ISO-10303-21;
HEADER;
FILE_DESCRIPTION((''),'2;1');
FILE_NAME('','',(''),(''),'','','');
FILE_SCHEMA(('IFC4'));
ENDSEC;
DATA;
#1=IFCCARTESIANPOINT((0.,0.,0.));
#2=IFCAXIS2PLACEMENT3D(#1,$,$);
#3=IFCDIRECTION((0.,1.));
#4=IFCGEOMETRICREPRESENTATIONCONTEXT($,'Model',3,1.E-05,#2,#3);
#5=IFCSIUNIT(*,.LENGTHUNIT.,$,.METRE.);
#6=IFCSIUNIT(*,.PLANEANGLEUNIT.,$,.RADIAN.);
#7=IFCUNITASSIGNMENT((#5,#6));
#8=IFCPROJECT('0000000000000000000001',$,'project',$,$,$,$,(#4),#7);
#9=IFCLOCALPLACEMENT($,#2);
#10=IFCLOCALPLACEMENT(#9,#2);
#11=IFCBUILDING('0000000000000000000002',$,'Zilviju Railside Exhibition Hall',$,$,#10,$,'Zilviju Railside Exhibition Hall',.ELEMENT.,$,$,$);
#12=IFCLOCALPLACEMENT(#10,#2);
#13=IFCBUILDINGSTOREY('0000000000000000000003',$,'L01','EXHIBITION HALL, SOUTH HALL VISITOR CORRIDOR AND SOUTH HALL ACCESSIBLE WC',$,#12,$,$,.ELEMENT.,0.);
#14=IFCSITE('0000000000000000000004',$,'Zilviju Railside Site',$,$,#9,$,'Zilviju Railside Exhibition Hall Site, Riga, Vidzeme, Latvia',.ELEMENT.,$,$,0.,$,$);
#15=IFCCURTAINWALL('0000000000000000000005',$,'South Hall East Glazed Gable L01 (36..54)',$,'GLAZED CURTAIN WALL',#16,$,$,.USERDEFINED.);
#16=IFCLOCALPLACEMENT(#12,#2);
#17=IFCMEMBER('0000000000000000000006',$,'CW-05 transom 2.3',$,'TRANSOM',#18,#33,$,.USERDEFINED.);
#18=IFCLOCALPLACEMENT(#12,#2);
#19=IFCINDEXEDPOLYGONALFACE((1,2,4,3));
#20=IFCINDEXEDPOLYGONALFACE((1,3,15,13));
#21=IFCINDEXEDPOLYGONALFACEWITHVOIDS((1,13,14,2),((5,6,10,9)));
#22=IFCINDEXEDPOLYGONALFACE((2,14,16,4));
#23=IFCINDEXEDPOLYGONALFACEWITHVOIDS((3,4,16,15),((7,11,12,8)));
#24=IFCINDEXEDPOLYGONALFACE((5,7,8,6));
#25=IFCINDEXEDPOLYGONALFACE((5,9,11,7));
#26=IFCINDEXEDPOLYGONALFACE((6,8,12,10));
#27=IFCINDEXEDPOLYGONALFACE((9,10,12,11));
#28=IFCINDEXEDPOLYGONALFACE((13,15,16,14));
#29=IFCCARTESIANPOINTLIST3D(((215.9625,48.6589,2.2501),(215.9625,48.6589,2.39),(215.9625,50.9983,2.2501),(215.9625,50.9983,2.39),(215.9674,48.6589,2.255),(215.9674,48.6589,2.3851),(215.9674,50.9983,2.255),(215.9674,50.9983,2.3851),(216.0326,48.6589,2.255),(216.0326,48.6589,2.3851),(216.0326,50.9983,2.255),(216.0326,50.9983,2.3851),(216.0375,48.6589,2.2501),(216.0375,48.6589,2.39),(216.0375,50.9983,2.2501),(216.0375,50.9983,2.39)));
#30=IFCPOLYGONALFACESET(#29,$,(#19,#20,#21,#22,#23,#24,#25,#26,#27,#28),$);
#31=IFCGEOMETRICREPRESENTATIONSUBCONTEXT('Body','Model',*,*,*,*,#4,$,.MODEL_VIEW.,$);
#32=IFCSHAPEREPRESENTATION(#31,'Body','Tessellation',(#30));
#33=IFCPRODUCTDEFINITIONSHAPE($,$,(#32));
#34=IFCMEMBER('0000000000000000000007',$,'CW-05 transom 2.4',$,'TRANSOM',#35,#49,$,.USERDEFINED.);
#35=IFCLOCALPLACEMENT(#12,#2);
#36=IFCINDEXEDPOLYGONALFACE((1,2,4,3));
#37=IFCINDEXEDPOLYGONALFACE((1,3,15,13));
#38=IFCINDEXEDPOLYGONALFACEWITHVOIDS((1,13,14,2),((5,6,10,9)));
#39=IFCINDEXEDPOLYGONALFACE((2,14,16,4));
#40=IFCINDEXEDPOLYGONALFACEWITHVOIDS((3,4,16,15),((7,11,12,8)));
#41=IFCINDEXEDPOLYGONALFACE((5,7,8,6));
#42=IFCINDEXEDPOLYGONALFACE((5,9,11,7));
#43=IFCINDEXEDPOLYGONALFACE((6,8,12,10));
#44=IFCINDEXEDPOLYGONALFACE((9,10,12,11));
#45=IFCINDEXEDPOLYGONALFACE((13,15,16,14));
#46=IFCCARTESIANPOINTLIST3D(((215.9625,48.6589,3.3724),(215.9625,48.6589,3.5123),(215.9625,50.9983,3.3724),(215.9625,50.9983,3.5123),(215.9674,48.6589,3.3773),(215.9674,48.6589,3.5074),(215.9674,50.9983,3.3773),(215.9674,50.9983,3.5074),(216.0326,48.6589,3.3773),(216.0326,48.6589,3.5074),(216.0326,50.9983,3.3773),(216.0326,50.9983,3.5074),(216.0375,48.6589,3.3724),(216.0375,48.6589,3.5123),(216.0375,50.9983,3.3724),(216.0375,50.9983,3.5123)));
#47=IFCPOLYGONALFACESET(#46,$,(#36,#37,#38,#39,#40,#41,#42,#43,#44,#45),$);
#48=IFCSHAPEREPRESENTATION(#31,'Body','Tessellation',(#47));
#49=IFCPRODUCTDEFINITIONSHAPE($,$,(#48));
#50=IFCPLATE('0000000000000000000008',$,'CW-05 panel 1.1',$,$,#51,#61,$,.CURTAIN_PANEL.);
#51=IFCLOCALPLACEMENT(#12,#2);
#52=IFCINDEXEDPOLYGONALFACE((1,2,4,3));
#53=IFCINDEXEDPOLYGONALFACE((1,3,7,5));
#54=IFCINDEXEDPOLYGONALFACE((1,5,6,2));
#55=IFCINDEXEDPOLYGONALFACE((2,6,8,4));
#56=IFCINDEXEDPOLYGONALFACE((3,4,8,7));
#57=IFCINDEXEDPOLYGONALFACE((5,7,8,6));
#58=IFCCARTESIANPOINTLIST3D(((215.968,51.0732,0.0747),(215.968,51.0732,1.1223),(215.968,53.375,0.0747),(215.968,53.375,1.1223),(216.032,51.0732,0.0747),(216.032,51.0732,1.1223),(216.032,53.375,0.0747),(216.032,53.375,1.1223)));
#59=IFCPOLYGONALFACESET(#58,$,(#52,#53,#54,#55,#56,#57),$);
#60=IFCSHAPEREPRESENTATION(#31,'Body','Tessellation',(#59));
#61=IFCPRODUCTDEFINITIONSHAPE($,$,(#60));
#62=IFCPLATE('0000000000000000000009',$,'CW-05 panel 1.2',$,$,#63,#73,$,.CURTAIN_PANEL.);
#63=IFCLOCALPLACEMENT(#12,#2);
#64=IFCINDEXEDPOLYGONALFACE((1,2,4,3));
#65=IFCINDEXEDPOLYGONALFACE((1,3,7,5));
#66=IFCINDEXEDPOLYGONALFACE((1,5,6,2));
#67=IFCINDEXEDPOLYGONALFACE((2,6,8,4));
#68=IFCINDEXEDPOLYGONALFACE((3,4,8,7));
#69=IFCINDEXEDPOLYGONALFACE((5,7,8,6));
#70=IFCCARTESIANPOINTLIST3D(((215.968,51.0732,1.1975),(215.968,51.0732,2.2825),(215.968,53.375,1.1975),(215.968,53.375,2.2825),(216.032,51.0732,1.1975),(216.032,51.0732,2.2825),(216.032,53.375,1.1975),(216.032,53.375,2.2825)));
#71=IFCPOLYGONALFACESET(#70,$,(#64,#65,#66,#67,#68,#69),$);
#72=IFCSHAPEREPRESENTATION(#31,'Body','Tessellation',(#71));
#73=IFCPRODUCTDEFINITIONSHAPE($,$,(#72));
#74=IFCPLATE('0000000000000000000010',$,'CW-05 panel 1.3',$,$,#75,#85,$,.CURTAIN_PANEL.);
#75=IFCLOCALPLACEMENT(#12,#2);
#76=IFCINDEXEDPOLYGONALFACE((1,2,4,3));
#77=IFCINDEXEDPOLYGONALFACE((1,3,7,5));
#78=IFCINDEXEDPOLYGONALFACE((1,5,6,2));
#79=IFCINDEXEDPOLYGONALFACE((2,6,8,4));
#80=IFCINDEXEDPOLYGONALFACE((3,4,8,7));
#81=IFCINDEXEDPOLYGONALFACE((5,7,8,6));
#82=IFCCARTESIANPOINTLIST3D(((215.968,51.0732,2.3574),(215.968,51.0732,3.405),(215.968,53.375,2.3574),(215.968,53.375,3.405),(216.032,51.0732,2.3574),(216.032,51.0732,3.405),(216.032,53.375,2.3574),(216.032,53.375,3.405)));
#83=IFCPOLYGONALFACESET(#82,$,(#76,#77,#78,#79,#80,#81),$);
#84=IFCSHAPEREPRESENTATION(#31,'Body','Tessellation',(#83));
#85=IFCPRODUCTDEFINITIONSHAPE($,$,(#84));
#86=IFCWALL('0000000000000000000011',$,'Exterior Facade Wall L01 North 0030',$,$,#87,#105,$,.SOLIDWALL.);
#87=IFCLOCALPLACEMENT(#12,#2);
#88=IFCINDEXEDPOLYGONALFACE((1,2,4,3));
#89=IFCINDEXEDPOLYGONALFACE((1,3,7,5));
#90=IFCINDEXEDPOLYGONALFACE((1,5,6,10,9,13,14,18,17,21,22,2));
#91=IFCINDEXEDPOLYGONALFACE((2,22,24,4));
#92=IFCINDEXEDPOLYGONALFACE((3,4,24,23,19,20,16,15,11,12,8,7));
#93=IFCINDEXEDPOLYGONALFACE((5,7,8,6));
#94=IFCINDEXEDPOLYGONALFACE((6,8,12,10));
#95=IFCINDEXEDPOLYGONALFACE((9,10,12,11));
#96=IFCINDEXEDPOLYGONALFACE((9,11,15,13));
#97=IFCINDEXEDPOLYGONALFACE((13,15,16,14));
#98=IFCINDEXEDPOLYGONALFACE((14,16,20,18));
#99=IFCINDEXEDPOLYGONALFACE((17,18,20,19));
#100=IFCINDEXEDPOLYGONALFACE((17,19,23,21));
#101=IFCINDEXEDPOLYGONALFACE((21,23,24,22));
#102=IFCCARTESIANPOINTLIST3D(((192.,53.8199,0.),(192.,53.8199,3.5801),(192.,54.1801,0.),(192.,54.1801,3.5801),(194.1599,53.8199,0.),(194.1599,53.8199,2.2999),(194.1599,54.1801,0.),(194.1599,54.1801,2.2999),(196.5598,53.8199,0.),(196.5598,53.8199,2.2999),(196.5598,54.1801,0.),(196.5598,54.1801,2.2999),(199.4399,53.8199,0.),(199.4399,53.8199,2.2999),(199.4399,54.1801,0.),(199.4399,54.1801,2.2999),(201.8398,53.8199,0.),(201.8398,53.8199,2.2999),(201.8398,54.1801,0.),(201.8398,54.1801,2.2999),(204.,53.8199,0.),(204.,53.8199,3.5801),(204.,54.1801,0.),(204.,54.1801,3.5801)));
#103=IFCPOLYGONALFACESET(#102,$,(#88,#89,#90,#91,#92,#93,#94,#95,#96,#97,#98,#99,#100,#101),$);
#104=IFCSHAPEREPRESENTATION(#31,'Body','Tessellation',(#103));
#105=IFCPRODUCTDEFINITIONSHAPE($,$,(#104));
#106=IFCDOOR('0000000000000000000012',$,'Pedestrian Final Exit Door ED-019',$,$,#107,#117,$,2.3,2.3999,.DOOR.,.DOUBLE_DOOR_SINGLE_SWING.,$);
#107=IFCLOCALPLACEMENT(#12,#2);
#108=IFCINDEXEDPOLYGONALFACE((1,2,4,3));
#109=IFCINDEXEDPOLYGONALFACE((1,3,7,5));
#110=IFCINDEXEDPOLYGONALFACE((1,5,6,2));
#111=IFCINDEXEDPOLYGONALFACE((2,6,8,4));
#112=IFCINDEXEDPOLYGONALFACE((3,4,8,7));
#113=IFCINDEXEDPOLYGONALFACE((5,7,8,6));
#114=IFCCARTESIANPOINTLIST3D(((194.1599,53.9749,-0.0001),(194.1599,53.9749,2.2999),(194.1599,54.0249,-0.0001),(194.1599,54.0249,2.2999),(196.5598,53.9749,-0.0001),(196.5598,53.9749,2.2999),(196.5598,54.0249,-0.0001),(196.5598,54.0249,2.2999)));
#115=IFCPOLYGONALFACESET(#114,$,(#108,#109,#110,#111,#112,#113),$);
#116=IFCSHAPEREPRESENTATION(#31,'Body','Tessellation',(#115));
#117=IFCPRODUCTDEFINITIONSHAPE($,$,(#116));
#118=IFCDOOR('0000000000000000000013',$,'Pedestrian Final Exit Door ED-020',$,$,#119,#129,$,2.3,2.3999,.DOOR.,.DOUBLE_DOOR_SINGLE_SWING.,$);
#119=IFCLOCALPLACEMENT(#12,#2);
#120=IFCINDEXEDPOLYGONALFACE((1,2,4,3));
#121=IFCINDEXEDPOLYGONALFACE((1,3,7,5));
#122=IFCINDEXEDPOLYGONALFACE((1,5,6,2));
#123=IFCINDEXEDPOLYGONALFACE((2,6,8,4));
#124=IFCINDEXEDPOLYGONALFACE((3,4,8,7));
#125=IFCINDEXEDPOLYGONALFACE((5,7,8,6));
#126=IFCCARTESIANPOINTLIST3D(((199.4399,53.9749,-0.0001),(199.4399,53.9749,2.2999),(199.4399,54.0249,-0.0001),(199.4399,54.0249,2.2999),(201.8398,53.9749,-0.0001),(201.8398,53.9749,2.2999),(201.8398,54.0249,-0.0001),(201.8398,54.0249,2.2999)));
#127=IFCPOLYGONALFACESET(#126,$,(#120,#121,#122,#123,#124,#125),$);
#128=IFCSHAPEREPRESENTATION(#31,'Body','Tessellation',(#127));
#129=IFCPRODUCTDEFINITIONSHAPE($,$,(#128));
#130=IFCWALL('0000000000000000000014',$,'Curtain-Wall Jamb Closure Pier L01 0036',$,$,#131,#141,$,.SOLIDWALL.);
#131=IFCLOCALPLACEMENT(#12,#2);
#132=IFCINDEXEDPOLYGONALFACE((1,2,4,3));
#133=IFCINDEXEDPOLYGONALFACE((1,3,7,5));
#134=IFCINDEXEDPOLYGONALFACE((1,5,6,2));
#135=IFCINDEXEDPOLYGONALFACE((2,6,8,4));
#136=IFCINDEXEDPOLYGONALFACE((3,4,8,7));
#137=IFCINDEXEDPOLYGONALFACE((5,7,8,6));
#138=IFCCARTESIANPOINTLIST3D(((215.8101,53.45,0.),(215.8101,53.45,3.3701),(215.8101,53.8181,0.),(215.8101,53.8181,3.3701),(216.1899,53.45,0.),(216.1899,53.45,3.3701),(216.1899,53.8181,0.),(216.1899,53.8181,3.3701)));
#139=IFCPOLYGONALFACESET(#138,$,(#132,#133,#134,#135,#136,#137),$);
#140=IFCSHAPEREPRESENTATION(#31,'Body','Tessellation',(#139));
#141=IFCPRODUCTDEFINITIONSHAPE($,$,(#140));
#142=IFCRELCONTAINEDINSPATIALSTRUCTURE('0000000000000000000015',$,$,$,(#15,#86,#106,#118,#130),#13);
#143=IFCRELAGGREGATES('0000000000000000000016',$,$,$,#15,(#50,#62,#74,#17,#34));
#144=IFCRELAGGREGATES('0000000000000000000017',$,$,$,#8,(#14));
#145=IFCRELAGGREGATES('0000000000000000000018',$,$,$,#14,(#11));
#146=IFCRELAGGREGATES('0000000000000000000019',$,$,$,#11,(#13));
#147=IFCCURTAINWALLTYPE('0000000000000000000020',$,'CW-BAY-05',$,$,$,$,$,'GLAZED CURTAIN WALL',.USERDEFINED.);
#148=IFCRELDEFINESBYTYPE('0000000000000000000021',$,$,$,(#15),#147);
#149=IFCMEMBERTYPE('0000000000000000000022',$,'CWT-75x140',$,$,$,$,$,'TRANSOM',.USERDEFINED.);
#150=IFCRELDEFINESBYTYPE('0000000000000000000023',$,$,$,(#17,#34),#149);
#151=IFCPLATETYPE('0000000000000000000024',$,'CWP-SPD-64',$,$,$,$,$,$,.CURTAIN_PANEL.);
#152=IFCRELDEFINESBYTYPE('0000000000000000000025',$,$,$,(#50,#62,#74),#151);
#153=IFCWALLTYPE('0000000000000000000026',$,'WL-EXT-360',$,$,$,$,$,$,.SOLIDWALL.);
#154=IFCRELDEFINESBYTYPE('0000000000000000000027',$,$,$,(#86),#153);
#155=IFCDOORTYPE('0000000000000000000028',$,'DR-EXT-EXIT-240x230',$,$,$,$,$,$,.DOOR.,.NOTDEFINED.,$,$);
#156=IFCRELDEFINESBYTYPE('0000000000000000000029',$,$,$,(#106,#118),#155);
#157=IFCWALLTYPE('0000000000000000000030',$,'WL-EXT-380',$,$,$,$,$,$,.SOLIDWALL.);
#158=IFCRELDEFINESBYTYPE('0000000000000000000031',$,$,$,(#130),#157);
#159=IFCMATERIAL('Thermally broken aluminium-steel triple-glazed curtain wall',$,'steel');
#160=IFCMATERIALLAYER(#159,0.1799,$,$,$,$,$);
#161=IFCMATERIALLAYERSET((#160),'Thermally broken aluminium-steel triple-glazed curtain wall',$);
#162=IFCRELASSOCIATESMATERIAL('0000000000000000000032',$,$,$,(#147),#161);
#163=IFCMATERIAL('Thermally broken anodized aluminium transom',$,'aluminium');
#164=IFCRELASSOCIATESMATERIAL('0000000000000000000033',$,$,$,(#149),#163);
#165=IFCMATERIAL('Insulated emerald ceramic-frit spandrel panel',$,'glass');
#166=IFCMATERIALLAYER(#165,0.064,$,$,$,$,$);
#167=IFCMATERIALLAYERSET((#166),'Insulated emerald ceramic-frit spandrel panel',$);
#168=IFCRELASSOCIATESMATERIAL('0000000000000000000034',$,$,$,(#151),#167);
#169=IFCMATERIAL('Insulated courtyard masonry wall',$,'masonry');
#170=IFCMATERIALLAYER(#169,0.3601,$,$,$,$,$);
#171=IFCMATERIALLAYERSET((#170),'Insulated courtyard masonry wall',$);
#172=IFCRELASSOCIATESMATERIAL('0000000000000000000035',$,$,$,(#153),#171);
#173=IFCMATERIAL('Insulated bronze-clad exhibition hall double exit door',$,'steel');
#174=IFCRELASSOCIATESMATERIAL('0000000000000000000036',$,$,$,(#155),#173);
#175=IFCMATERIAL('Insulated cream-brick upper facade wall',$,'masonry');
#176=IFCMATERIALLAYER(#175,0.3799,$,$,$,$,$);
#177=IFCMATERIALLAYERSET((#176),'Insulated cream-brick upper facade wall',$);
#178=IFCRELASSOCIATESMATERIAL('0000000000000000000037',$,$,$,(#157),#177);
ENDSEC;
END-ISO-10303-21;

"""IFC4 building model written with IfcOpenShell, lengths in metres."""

from ifc_helpers import new_model, si_unit, direction, frame, frame_2d, origin, origin_2d, place, context, subcontext, project, spatial, rectangle, hollow_rectangle, extrude, material, layer, layer_set, material_profile, profile_set, type_object, element, fill, aggregate, save


model = new_model("IFC4")

# Units and contexts
model_context = context("Model", 3, precision=1e-05, world=origin(), true_north=direction((0.0, 1.0)))
body_context = subcontext(model_context, "Body", "Model", "MODEL_VIEW")
ifc_project = project(units=[si_unit("LENGTHUNIT", "METRE"), si_unit("PLANEANGLEUNIT", "RADIAN")], contexts=[model_context])

# Site, building, storey
site_placement = place(None, origin())
site = spatial("IfcSite", under=ifc_project, at=site_placement, Name="Zilviju Railside Site", LongName="Zilviju Railside Exhibition Hall Site, Riga, Vidzeme, Latvia", CompositionType="ELEMENT", RefElevation=0.0)
building_placement = place(site_placement, origin())
building = spatial("IfcBuilding", under=site, at=building_placement, Name="Zilviju Railside Exhibition Hall", LongName="Zilviju Railside Exhibition Hall", CompositionType="ELEMENT")
storey_placement = place(building_placement, origin())
storey = spatial("IfcBuildingStorey", under=building, at=storey_placement, Name="L01", Description="EXHIBITION HALL, SOUTH HALL VISITOR CORRIDOR AND SOUTH HALL ACCESSIBLE WC", CompositionType="ELEMENT", Elevation=0.0)

# Curtain wall, members, plates
ifc_material_1 = material(Name="Thermally broken aluminium-steel triple-glazed curtain wall", Category="steel")
ifc_layer_1 = layer(ifc_material_1, 0.1799)
ifc_layer_set_1 = layer_set([ifc_layer_1], Name="Thermally broken aluminium-steel triple-glazed curtain wall")
curtain_wall_type = type_object("IfcCurtainWallType", Name="CW-BAY-05", ElementType="GLAZED CURTAIN WALL", PredefinedType="USERDEFINED", material=ifc_layer_set_1)
curtain_wall_placement = place(storey_placement, origin())
curtain_wall = element("IfcCurtainWall", 1, at=curtain_wall_placement, inside=storey, type_object=curtain_wall_type, Name="South Hall East Glazed Gable L01 (36..54)", ObjectType="GLAZED CURTAIN WALL", PredefinedType="USERDEFINED")
ifc_material_2 = material(Name="Thermally broken anodized aluminium transom", Category="aluminium")
ifc_material_profile_1 = material_profile(ifc_material_2, hollow_rectangle(XDim=0.075, YDim=0.1399, WallThickness=0.0049, at=origin_2d()), Name="TRANSOM 140x75x5")
ifc_profile_set_1 = profile_set([ifc_material_profile_1], Name="Thermally broken anodized aluminium transom")
member_type_1 = type_object("IfcMemberType", Name="CWT-75x140", ElementType="TRANSOM", PredefinedType="USERDEFINED", material=ifc_profile_set_1)
member_1_placement = place(storey_placement, frame((216.0, 50.9983, 2.3201), z_axis=(0.0, -1.0, 0.0), x_axis=(1.0, 0.0, 0.0)))
member_1 = element("IfcMember", 2, at=member_1_placement, type_object=member_type_1, Name="CW-05 transom 2.3", ObjectType="TRANSOM", PredefinedType="USERDEFINED", context=body_context, shape_type="SweptSolid", body=[
    extrude(hollow_rectangle(XDim=0.075, YDim=0.1399, WallThickness=0.0049, at=origin_2d()), origin(), (0.0, 0.0, 1.0), 2.3394),
])
member_2_placement = place(storey_placement, frame((216.0, 50.9983, 3.4424), z_axis=(0.0, -1.0, 0.0), x_axis=(1.0, 0.0, 0.0)))
member_2 = element("IfcMember", 3, at=member_2_placement, type_object=member_type_1, Name="CW-05 transom 2.4", ObjectType="TRANSOM", PredefinedType="USERDEFINED", context=body_context, shape_type="SweptSolid", body=[
    extrude(hollow_rectangle(XDim=0.075, YDim=0.1399, WallThickness=0.0049, at=origin_2d()), origin(), (0.0, 0.0, 1.0), 2.3394),
])
ifc_material_3 = material(Name="Insulated emerald ceramic-frit spandrel panel", Category="glass")
ifc_layer_2 = layer(ifc_material_3, 0.064)
ifc_layer_set_2 = layer_set([ifc_layer_2], Name="Insulated emerald ceramic-frit spandrel panel")
plate_type = type_object("IfcPlateType", Name="CWP-SPD-64", PredefinedType="CURTAIN_PANEL", material=ifc_layer_set_2)
plate_1_placement = place(storey_placement, frame((216.0, 52.2241, 0.0747), z_axis=(0.0, 0.0, 1.0), x_axis=(0.0, -1.0, 0.0)))
plate_1 = element("IfcPlate", 4, at=plate_1_placement, type_object=plate_type, Name="CW-05 panel 1.1", PredefinedType="CURTAIN_PANEL", context=body_context, shape_type="SweptSolid", body=[
    extrude(rectangle(XDim=2.3018, YDim=0.064, at=origin_2d()), origin(), (0.0, 0.0, 1.0), 1.0476),
])
plate_2_placement = place(storey_placement, frame((216.0, 52.2241, 1.1975), z_axis=(0.0, 0.0, 1.0), x_axis=(0.0, -1.0, 0.0)))
plate_2 = element("IfcPlate", 5, at=plate_2_placement, type_object=plate_type, Name="CW-05 panel 1.2", PredefinedType="CURTAIN_PANEL", context=body_context, shape_type="SweptSolid", body=[
    extrude(rectangle(XDim=2.3018, YDim=0.064, at=origin_2d()), origin(), (0.0, 0.0, 1.0), 1.085),
])
plate_3_placement = place(storey_placement, frame((216.0, 52.2241, 2.3574), z_axis=(0.0, 0.0, 1.0), x_axis=(0.0, -1.0, 0.0)))
plate_3 = element("IfcPlate", 6, at=plate_3_placement, type_object=plate_type, Name="CW-05 panel 1.3", PredefinedType="CURTAIN_PANEL", context=body_context, shape_type="SweptSolid", body=[
    extrude(rectangle(XDim=2.3018, YDim=0.064, at=origin_2d()), origin(), (0.0, 0.0, 1.0), 1.0476),
])
aggregate(curtain_wall, [plate_1, plate_2, plate_3, member_1, member_2])

# Wall, openings, doors
ifc_material_4 = material(Name="Insulated courtyard masonry wall", Category="masonry")
ifc_layer_3 = layer(ifc_material_4, 0.3601)
ifc_layer_set_3 = layer_set([ifc_layer_3], Name="Insulated courtyard masonry wall")
wall_type_1 = type_object("IfcWallType", Name="WL-EXT-360", PredefinedType="SOLIDWALL", material=ifc_layer_set_3)
wall_1_placement = place(storey_placement, frame((192.0, 54.0, 0.0), z_axis=(0.0, 0.0, 1.0), x_axis=(1.0, 0.0, 0.0)))
wall_1 = element("IfcWall", 7, at=wall_1_placement, inside=storey, type_object=wall_type_1, Name="Exterior Facade Wall L01 North 0030", PredefinedType="SOLIDWALL", context=body_context, shape_type="SweptSolid", body=[
    extrude(rectangle(XDim=12.0, YDim=0.3601, at=frame_2d((6.0, 0.0))), origin(), (0.0, 0.0, 1.0), 3.5801),
])
opening_1_placement = place(wall_1_placement, frame((2.1599, 0.0, 0.0)))
opening_1 = element("IfcOpeningElement", 8, at=opening_1_placement, cuts=wall_1, PredefinedType="OPENING", context=body_context, shape_type="SweptSolid", body=[
    extrude(rectangle(XDim=2.3999, YDim=2.3, at=frame_2d((1.2, 1.1499))), frame((0.0, 0.1899, 0.0), z_axis=(0.0, -1.0, 0.0), x_axis=(1.0, 0.0, 0.0)), (0.0, 0.0, 1.0), 0.3801),
])
opening_2_placement = place(wall_1_placement, frame((7.4399, 0.0, 0.0)))
opening_2 = element("IfcOpeningElement", 9, at=opening_2_placement, cuts=wall_1, PredefinedType="OPENING", context=body_context, shape_type="SweptSolid", body=[
    extrude(rectangle(XDim=2.3999, YDim=2.3, at=frame_2d((1.2, 1.1499))), frame((0.0, 0.1899, 0.0), z_axis=(0.0, -1.0, 0.0), x_axis=(1.0, 0.0, 0.0)), (0.0, 0.0, 1.0), 0.3801),
])
ifc_material_5 = material(Name="Insulated bronze-clad exhibition hall double exit door", Category="steel")
door_type = type_object("IfcDoorType", Name="DR-EXT-EXIT-240x230", OperationType="NOTDEFINED", PredefinedType="DOOR", material=ifc_material_5)
door_1_placement = place(opening_1_placement, origin())
door_1 = element("IfcDoor", 10, at=door_1_placement, inside=storey, type_object=door_type, Name="Pedestrian Final Exit Door ED-019", OperationType="DOUBLE_DOOR_SINGLE_SWING", OverallHeight=2.3, OverallWidth=2.3999, PredefinedType="DOOR", context=body_context, shape_type="SweptSolid", body=[
    extrude(rectangle(XDim=2.3999, YDim=2.3, at=frame_2d((1.2, 1.1499))), frame((0.0, 0.0249, 0.0), z_axis=(0.0, -1.0, 0.0), x_axis=(1.0, 0.0, 0.0)), (0.0, 0.0, 1.0), 0.05),
])
fill(opening_1, door_1)
door_2_placement = place(opening_2_placement, origin())
door_2 = element("IfcDoor", 11, at=door_2_placement, inside=storey, type_object=door_type, Name="Pedestrian Final Exit Door ED-020", OperationType="DOUBLE_DOOR_SINGLE_SWING", OverallHeight=2.3, OverallWidth=2.3999, PredefinedType="DOOR", context=body_context, shape_type="SweptSolid", body=[
    extrude(rectangle(XDim=2.3999, YDim=2.3, at=frame_2d((1.2, 1.1499))), frame((0.0, 0.0249, 0.0), z_axis=(0.0, -1.0, 0.0), x_axis=(1.0, 0.0, 0.0)), (0.0, 0.0, 1.0), 0.05),
])
fill(opening_2, door_2)

# Wall
ifc_material_6 = material(Name="Insulated cream-brick upper facade wall", Category="masonry")
ifc_layer_4 = layer(ifc_material_6, 0.3799)
ifc_layer_set_4 = layer_set([ifc_layer_4], Name="Insulated cream-brick upper facade wall")
wall_type_2 = type_object("IfcWallType", Name="WL-EXT-380", PredefinedType="SOLIDWALL", material=ifc_layer_set_4)
wall_2_placement = place(storey_placement, frame((216.0, 53.8181, 0.0), z_axis=(0.0, 0.0, 1.0), x_axis=(0.0, -1.0, 0.0)))
element("IfcWall", 12, at=wall_2_placement, inside=storey, type_object=wall_type_2, Name="Curtain-Wall Jamb Closure Pier L01 0036", PredefinedType="SOLIDWALL", context=body_context, shape_type="SweptSolid", body=[
    extrude(rectangle(XDim=0.3682, YDim=0.3799, at=frame_2d((0.1841, 0.0))), origin(), (0.0, 0.0, 1.0), 3.3701),
])

save(model, "model.ifc")
